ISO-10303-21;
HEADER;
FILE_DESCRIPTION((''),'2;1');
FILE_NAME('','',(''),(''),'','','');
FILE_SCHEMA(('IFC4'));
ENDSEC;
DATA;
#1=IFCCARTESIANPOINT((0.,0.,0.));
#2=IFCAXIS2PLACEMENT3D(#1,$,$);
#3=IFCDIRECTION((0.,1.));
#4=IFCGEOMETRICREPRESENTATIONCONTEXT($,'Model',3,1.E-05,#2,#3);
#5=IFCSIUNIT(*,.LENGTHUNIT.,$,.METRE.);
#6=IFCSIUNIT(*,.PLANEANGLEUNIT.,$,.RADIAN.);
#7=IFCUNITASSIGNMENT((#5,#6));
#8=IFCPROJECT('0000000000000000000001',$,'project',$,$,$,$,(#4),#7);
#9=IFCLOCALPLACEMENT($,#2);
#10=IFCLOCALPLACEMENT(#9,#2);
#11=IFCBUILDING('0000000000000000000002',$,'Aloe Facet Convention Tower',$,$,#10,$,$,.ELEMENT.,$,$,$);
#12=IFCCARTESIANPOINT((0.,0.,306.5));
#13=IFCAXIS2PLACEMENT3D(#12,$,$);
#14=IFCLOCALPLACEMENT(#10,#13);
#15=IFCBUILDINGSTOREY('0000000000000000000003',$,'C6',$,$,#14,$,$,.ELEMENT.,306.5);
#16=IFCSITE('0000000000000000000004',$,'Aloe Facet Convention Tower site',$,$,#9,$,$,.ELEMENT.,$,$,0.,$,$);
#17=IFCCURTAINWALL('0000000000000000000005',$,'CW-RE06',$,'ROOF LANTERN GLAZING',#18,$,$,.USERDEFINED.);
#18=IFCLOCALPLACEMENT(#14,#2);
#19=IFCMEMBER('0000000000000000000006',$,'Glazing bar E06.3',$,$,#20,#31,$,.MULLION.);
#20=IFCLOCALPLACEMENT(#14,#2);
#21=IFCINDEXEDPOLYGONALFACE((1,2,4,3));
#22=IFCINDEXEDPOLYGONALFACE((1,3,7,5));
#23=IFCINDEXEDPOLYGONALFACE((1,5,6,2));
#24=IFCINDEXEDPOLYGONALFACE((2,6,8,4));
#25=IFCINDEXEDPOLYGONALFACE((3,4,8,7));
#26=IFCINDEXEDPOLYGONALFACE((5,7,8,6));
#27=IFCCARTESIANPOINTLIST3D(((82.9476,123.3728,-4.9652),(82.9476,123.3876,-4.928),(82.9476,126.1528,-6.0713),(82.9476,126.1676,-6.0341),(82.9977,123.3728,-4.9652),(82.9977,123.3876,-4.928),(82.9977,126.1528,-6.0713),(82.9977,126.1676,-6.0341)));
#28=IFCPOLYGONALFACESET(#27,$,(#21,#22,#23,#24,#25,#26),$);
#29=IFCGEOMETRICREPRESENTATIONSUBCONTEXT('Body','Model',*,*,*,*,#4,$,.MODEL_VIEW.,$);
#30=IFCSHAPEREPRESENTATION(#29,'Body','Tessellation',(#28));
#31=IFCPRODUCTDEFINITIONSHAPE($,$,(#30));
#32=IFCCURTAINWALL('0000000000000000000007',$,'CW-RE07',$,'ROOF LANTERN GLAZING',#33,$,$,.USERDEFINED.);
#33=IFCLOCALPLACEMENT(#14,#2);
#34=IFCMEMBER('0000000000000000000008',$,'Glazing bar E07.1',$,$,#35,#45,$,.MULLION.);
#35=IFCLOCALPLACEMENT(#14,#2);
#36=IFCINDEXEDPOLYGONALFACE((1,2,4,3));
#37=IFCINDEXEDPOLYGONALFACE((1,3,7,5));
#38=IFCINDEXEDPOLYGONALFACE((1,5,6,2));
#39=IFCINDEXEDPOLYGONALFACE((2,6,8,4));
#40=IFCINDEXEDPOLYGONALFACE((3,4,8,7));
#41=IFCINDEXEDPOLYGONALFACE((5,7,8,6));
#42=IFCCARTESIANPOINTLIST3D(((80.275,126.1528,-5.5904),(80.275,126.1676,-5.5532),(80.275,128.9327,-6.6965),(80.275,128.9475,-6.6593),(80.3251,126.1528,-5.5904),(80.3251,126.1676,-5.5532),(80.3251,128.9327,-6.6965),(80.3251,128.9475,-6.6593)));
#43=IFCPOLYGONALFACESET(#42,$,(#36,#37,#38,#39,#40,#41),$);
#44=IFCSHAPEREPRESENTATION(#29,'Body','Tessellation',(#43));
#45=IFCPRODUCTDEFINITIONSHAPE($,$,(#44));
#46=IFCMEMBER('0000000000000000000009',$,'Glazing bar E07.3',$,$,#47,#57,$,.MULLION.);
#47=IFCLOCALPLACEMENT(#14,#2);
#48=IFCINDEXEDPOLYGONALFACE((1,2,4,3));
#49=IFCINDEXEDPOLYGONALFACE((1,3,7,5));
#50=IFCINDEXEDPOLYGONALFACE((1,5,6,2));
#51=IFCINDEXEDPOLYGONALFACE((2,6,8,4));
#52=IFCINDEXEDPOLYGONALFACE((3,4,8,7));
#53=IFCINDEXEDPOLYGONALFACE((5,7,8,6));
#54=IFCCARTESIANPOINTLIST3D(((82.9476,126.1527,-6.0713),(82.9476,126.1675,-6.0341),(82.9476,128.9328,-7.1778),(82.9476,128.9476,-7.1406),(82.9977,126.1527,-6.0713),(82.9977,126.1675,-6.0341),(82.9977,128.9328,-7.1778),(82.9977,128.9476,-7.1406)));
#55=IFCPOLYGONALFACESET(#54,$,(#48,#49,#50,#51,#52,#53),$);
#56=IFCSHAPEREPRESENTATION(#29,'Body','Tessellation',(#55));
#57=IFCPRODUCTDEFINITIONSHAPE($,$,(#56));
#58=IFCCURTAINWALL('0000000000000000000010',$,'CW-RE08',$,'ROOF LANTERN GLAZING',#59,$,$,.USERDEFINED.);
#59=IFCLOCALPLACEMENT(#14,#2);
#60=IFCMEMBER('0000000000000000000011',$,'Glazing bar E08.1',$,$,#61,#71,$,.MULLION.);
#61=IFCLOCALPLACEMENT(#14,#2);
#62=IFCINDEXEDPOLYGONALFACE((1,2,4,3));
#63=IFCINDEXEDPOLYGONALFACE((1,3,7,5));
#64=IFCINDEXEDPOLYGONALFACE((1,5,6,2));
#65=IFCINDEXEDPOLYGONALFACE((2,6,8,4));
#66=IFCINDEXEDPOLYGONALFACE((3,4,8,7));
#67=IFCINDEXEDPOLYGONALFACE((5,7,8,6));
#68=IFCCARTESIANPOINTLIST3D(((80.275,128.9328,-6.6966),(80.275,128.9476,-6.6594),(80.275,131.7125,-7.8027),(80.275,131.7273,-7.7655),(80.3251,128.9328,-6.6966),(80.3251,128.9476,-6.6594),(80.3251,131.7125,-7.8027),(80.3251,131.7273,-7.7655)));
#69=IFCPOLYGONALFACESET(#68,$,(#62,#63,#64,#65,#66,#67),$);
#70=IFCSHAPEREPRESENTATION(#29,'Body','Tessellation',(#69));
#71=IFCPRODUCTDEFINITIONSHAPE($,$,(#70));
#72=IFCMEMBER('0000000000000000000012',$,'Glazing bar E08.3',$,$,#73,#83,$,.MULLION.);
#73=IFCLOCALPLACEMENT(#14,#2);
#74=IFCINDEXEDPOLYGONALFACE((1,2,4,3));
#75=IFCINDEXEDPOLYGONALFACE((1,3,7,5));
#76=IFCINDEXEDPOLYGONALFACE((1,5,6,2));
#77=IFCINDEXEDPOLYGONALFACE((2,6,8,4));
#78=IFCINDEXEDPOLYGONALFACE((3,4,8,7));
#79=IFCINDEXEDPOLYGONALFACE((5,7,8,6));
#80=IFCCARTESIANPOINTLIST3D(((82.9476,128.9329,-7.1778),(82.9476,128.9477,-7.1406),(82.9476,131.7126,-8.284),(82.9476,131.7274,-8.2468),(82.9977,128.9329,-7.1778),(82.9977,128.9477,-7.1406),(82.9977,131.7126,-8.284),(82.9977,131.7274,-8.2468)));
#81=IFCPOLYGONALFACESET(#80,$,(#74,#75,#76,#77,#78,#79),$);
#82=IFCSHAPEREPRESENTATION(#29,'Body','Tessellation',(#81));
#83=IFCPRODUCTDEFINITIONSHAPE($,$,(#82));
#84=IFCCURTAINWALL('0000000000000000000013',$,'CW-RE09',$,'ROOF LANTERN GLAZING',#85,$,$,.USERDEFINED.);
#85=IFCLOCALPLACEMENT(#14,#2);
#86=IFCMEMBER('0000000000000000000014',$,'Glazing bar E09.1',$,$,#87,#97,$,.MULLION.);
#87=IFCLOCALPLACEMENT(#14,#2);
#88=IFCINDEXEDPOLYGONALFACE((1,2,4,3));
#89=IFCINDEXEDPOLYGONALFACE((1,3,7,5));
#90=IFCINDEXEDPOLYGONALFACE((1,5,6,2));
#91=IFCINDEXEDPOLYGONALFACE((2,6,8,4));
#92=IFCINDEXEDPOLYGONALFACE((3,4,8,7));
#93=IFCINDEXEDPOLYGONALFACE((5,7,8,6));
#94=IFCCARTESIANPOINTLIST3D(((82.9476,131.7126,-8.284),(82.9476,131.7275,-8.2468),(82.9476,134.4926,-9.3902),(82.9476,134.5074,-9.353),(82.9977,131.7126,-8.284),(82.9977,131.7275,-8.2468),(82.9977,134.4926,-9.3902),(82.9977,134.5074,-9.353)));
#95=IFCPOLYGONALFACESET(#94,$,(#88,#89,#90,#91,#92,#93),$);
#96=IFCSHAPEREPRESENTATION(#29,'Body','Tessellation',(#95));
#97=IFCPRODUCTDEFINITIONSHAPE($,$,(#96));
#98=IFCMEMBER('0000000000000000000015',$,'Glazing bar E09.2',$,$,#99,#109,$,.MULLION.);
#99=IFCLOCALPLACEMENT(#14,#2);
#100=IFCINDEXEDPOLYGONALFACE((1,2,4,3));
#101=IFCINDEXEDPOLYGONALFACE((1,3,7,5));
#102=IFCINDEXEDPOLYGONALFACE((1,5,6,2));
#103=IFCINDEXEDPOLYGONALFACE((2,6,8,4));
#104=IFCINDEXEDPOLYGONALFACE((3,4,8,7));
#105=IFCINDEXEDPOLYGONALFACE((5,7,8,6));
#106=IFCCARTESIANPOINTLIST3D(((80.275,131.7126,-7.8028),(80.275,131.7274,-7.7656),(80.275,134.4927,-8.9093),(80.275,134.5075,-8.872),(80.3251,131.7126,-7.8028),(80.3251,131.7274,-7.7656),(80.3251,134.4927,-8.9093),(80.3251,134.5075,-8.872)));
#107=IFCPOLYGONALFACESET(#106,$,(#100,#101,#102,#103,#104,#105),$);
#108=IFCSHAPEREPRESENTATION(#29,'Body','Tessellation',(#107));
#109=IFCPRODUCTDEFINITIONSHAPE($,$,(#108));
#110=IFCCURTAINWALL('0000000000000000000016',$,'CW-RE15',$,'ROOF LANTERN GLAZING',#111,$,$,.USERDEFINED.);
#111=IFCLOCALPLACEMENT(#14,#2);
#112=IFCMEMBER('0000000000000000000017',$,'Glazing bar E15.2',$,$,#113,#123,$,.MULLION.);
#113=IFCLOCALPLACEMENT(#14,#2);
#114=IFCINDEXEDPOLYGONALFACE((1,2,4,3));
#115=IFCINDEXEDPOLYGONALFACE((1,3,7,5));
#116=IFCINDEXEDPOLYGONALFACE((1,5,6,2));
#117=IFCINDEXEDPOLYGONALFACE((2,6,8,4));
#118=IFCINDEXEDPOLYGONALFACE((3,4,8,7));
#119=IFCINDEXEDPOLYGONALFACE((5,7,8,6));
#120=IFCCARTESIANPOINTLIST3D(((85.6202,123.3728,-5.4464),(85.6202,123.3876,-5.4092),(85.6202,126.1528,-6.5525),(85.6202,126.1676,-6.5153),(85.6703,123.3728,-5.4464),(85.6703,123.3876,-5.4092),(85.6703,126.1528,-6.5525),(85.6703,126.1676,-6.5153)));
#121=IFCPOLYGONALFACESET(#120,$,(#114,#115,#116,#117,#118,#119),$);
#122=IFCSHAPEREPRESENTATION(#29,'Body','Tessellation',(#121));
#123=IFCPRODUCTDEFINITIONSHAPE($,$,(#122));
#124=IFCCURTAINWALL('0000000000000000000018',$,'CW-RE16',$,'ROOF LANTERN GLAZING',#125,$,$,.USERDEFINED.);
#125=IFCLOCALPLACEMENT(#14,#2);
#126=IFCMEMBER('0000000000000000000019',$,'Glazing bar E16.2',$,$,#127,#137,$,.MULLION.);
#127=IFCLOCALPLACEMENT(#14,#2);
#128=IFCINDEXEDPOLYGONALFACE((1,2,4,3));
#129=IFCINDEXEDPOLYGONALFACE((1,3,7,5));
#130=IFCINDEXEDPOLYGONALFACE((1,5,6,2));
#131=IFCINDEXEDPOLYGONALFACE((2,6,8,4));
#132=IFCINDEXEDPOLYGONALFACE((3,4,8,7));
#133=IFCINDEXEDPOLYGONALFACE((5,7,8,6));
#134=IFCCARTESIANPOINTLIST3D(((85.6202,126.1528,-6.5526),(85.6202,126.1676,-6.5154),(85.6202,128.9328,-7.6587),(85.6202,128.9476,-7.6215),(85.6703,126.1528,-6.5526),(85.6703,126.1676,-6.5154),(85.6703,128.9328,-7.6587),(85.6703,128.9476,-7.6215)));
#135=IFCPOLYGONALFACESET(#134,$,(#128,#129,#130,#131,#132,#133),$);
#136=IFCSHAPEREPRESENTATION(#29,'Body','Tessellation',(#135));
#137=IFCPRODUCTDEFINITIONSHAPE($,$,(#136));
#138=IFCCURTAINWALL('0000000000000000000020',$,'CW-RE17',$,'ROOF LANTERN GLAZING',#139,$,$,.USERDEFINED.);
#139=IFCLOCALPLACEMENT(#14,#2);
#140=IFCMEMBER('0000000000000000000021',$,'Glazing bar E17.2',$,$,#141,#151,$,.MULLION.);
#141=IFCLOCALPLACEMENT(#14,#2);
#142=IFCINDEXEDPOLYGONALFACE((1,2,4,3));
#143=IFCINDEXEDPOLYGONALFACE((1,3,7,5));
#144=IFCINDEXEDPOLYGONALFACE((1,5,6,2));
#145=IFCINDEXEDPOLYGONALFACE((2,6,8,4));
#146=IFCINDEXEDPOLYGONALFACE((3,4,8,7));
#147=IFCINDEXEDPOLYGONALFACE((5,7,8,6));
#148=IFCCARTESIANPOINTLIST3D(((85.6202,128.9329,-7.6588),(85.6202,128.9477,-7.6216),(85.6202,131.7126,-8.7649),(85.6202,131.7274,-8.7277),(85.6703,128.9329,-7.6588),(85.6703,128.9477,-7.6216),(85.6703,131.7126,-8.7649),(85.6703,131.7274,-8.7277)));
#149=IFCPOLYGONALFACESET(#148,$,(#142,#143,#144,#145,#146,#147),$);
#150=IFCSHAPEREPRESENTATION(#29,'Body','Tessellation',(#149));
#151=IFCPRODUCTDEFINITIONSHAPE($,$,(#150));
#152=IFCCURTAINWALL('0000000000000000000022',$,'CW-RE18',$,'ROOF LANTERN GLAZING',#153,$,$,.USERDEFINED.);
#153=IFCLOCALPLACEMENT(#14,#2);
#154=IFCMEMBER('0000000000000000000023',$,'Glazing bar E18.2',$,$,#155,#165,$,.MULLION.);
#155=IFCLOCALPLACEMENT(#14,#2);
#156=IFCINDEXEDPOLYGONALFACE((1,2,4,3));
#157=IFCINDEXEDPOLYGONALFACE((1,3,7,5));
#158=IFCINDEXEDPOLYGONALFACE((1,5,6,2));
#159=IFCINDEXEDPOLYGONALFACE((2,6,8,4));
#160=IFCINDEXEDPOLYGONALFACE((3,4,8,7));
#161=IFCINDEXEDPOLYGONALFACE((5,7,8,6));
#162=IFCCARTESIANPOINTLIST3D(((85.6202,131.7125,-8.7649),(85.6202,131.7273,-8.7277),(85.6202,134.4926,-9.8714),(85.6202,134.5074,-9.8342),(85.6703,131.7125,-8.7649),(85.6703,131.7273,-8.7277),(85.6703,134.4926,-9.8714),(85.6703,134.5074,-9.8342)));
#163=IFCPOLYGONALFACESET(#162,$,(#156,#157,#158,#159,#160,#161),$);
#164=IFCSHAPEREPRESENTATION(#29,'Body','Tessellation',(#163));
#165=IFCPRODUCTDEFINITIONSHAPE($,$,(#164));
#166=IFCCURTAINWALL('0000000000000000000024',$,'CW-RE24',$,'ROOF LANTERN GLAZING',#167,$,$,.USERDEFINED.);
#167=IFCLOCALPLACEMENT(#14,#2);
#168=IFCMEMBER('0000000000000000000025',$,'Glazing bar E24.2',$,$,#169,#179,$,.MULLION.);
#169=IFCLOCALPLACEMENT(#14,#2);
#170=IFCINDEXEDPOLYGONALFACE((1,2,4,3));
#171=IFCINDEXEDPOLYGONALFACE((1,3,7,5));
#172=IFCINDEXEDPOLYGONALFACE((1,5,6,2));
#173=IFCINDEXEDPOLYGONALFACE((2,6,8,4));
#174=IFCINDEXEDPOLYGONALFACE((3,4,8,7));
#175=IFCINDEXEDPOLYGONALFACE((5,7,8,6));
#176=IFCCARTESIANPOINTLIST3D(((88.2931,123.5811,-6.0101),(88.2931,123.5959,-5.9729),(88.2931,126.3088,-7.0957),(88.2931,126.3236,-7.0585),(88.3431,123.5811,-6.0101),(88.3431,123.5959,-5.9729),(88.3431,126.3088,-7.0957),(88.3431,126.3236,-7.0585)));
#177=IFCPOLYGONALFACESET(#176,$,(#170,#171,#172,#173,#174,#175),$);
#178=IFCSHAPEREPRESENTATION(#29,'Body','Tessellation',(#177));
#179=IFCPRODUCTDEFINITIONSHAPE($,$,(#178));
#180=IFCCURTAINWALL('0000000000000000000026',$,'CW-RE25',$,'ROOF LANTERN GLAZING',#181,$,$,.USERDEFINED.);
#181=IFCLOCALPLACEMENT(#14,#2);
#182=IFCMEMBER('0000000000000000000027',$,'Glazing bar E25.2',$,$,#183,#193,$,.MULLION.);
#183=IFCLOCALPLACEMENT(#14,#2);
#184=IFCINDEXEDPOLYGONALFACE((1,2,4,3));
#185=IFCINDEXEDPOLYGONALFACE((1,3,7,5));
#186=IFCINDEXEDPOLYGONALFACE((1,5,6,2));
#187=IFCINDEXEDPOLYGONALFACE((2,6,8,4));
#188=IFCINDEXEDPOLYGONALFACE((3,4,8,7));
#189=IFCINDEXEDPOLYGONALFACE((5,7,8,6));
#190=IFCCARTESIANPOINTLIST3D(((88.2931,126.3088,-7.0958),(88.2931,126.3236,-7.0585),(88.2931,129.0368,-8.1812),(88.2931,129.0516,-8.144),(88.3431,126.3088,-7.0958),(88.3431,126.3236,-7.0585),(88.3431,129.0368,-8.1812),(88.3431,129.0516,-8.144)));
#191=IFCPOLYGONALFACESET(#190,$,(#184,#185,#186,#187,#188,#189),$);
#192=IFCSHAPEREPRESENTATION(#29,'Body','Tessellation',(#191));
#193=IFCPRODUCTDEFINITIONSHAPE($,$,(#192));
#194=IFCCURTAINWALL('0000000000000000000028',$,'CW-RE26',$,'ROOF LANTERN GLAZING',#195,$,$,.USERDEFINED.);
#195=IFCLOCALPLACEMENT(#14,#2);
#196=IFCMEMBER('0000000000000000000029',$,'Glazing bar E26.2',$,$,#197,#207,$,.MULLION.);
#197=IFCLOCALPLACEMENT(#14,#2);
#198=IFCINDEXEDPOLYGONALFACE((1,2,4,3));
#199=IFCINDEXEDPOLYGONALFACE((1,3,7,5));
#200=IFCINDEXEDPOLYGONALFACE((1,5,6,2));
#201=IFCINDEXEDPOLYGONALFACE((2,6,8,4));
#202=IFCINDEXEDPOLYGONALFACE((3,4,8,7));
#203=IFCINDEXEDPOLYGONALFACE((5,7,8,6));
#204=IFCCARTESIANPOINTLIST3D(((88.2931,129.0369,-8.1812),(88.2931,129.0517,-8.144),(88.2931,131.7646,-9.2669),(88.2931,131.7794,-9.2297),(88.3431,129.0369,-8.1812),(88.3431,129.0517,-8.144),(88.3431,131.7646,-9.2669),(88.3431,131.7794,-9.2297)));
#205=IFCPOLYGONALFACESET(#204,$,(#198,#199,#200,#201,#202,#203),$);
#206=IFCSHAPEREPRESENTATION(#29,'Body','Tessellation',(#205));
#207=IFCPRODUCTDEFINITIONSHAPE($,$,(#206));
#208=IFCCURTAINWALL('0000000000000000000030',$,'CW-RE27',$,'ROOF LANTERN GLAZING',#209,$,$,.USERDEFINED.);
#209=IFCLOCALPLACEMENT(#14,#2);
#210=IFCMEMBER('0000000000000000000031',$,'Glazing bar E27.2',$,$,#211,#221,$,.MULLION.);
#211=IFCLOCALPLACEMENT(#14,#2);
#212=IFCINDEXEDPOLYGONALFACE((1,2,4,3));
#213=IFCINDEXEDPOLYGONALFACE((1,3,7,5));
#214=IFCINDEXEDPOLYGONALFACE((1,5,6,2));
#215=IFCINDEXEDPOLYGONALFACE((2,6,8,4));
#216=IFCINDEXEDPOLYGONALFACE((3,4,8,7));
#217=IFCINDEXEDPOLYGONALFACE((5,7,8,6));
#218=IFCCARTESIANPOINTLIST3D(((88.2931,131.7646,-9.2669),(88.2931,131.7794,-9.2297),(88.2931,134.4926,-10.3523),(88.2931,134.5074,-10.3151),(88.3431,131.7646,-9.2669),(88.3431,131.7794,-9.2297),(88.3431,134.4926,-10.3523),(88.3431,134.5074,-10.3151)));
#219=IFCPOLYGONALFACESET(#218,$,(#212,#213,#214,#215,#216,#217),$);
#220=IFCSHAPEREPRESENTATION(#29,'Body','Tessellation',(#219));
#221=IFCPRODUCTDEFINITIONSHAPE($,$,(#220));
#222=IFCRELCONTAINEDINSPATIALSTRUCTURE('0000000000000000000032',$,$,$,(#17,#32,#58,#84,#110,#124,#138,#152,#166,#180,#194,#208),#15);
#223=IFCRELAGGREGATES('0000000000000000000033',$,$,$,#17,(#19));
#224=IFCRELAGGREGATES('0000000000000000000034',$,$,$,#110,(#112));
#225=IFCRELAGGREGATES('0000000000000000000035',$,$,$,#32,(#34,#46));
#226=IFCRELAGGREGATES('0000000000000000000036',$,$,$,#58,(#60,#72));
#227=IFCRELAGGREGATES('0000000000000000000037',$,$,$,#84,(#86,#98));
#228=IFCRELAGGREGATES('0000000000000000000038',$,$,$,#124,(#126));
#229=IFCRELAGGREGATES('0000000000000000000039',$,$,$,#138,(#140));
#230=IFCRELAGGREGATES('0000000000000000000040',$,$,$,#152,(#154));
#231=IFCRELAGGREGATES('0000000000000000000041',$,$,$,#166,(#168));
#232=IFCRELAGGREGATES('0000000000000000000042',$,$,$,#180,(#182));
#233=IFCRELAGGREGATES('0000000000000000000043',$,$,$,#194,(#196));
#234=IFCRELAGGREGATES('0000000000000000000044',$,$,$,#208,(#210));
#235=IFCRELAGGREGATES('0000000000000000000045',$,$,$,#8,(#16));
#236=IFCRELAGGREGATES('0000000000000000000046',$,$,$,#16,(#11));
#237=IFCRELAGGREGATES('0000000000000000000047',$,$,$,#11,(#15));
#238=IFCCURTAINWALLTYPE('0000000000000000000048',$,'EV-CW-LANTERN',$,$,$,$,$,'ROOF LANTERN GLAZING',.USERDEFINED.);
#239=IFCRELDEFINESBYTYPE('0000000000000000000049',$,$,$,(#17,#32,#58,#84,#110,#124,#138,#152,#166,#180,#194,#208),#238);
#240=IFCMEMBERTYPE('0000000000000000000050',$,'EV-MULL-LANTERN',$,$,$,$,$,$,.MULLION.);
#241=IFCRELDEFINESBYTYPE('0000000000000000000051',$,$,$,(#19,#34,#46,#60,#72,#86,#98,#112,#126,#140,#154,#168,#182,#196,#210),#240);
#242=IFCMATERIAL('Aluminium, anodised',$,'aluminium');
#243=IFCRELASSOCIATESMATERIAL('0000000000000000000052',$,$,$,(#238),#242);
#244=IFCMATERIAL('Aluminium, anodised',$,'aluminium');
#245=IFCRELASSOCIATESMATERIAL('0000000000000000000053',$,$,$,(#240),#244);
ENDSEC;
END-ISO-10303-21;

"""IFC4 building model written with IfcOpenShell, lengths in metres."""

from ifc_helpers import new_model, si_unit, direction, frame, origin, origin_2d, place, context, subcontext, project, spatial, rectangle, extrude, material, material_profile, profile_set, type_object, element, aggregate, save


model = new_model("IFC4")

# Units and contexts
model_context = context("Model", 3, precision=1e-05, world=origin(), true_north=direction((0.0, 1.0)))
body_context = subcontext(model_context, "Body", "Model", "MODEL_VIEW")
ifc_project = project(units=[si_unit("LENGTHUNIT", "METRE"), si_unit("PLANEANGLEUNIT", "RADIAN")], contexts=[model_context])

# Site, building, storey
site_placement = place(None, origin())
site = spatial("IfcSite", under=ifc_project, at=site_placement, Name="Aloe Facet Convention Tower site", CompositionType="ELEMENT", RefElevation=0.0)
building_placement = place(site_placement, origin())
building = spatial("IfcBuilding", under=site, at=building_placement, Name="Aloe Facet Convention Tower", CompositionType="ELEMENT")
storey_placement = place(building_placement, frame((0.0, 0.0, 306.5)))
storey = spatial("IfcBuildingStorey", under=building, at=storey_placement, Name="C6", CompositionType="ELEMENT", Elevation=306.5)

# Curtain wall, member
ifc_material_1 = material(Name="Aluminium, anodised", Category="aluminium")
curtain_wall_type = type_object("IfcCurtainWallType", Name="EV-CW-LANTERN", ElementType="ROOF LANTERN GLAZING", PredefinedType="USERDEFINED", material=ifc_material_1)
curtain_wall_1_placement = place(storey_placement, origin())
curtain_wall_1 = element("IfcCurtainWall", 1, at=curtain_wall_1_placement, inside=storey, type_object=curtain_wall_type, Name="CW-RE06", ObjectType="ROOF LANTERN GLAZING", PredefinedType="USERDEFINED")
ifc_material_2 = material(Name="Aluminium, anodised", Category="aluminium")
ifc_material_profile_1 = material_profile(ifc_material_2, rectangle(XDim=0.05, YDim=0.04, at=origin_2d()), Name="AL 50x40")
ifc_profile_set_1 = profile_set([ifc_material_profile_1], Name="Aluminium, anodised")
member_type_1 = type_object("IfcMemberType", Name="EV-MULL-LANTERN", PredefinedType="MULLION", material=ifc_profile_set_1)
member_1_placement = place(storey_placement, frame((82.9727, 126.1602, -6.0527), z_axis=(0.0, -0.929145, 0.369716), x_axis=(1.0, 0.0, 0.0)))
member_1 = element("IfcMember", 2, at=member_1_placement, type_object=member_type_1, Name="Glazing bar E06.3", PredefinedType="MULLION", context=body_context, shape_type="SweptSolid", body=[
    extrude(rectangle(XDim=0.05, YDim=0.04, at=origin_2d()), origin(), (0.0, 0.0, 1.0), 2.9919),
])
aggregate(curtain_wall_1, [member_1])

# Curtain walls, members
curtain_wall_2_placement = place(storey_placement, origin())
curtain_wall_2 = element("IfcCurtainWall", 3, at=curtain_wall_2_placement, inside=storey, type_object=curtain_wall_type, Name="CW-RE07", ObjectType="ROOF LANTERN GLAZING", PredefinedType="USERDEFINED")
member_2_placement = place(storey_placement, frame((80.3, 126.1602, -5.5718), z_axis=(0.0, 0.929145, -0.369716), x_axis=(-1.0, 0.0, 0.0)))
member_2 = element("IfcMember", 4, at=member_2_placement, type_object=member_type_1, Name="Glazing bar E07.1", PredefinedType="MULLION", context=body_context, shape_type="SweptSolid", body=[
    extrude(rectangle(XDim=0.05, YDim=0.04, at=origin_2d()), origin(), (0.0, 0.0, 1.0), 2.9919),
])
member_3_placement = place(storey_placement, frame((82.9727, 128.9402, -7.1592), z_axis=(0.0, -0.929117, 0.369786), x_axis=(1.0, 0.0, 0.0)))
member_3 = element("IfcMember", 5, at=member_3_placement, type_object=member_type_1, Name="Glazing bar E07.3", PredefinedType="MULLION", context=body_context, shape_type="SweptSolid", body=[
    extrude(rectangle(XDim=0.05, YDim=0.04, at=origin_2d()), origin(), (0.0, 0.0, 1.0), 2.9922),
])
curtain_wall_3_placement = place(storey_placement, origin())
curtain_wall_3 = element("IfcCurtainWall", 6, at=curtain_wall_3_placement, inside=storey, type_object=curtain_wall_type, Name="CW-RE08", ObjectType="ROOF LANTERN GLAZING", PredefinedType="USERDEFINED")
member_4_placement = place(storey_placement, frame((80.3, 128.9402, -6.678), z_axis=(0.0, 0.929134, -0.369744), x_axis=(-1.0, 0.0, 0.0)))
member_4 = element("IfcMember", 7, at=member_4_placement, type_object=member_type_1, Name="Glazing bar E08.1", PredefinedType="MULLION", context=body_context, shape_type="SweptSolid", body=[
    extrude(rectangle(XDim=0.05, YDim=0.04, at=origin_2d()), origin(), (0.0, 0.0, 1.0), 2.9917),
])
member_5_placement = place(storey_placement, frame((82.9727, 131.72, -8.2654), z_axis=(0.0, -0.929134, 0.369744), x_axis=(1.0, 0.0, 0.0)))
member_5 = element("IfcMember", 8, at=member_5_placement, type_object=member_type_1, Name="Glazing bar E08.3", PredefinedType="MULLION", context=body_context, shape_type="SweptSolid", body=[
    extrude(rectangle(XDim=0.05, YDim=0.04, at=origin_2d()), origin(), (0.0, 0.0, 1.0), 2.9917),
])
curtain_wall_4_placement = place(storey_placement, origin())
curtain_wall_4 = element("IfcCurtainWall", 9, at=curtain_wall_4_placement, inside=storey, type_object=curtain_wall_type, Name="CW-RE09", ObjectType="ROOF LANTERN GLAZING", PredefinedType="USERDEFINED")
member_6_placement = place(storey_placement, frame((82.9727, 134.5, -9.3716), z_axis=(0.0, -0.929145, 0.369716), x_axis=(1.0, 0.0, 0.0)))
member_6 = element("IfcMember", 10, at=member_6_placement, type_object=member_type_1, Name="Glazing bar E09.1", PredefinedType="MULLION", context=body_context, shape_type="SweptSolid", body=[
    extrude(rectangle(XDim=0.05, YDim=0.04, at=origin_2d()), origin(), (0.0, 0.0, 1.0), 2.9919),
])
member_7_placement = place(storey_placement, frame((80.3, 131.72, -7.7842), z_axis=(0.0, 0.929117, -0.369786), x_axis=(-1.0, 0.0, 0.0)))
member_7 = element("IfcMember", 11, at=member_7_placement, type_object=member_type_1, Name="Glazing bar E09.2", PredefinedType="MULLION", context=body_context, shape_type="SweptSolid", body=[
    extrude(rectangle(XDim=0.05, YDim=0.04, at=origin_2d()), origin(), (0.0, 0.0, 1.0), 2.9922),
])

# Curtain walls, members
curtain_wall_5_placement = place(storey_placement, origin())
curtain_wall_5 = element("IfcCurtainWall", 12, at=curtain_wall_5_placement, inside=storey, type_object=curtain_wall_type, Name="CW-RE15", ObjectType="ROOF LANTERN GLAZING", PredefinedType="USERDEFINED")
member_8_placement = place(storey_placement, frame((85.6453, 126.1602, -6.5339), z_axis=(0.0, -0.929145, 0.369716), x_axis=(1.0, 0.0, 0.0)))
member_8 = element("IfcMember", 13, at=member_8_placement, type_object=member_type_1, Name="Glazing bar E15.2", PredefinedType="MULLION", context=body_context, shape_type="SweptSolid", body=[
    extrude(rectangle(XDim=0.05, YDim=0.04, at=origin_2d()), origin(), (0.0, 0.0, 1.0), 2.9919),
])
curtain_wall_6_placement = place(storey_placement, origin())
curtain_wall_6 = element("IfcCurtainWall", 14, at=curtain_wall_6_placement, inside=storey, type_object=curtain_wall_type, Name="CW-RE16", ObjectType="ROOF LANTERN GLAZING", PredefinedType="USERDEFINED")
member_9_placement = place(storey_placement, frame((85.6453, 128.9402, -7.6401), z_axis=(0.0, -0.929145, 0.369716), x_axis=(1.0, 0.0, 0.0)))
member_9 = element("IfcMember", 15, at=member_9_placement, type_object=member_type_1, Name="Glazing bar E16.2", PredefinedType="MULLION", context=body_context, shape_type="SweptSolid", body=[
    extrude(rectangle(XDim=0.05, YDim=0.04, at=origin_2d()), origin(), (0.0, 0.0, 1.0), 2.9919),
])
curtain_wall_7_placement = place(storey_placement, origin())
curtain_wall_7 = element("IfcCurtainWall", 16, at=curtain_wall_7_placement, inside=storey, type_object=curtain_wall_type, Name="CW-RE17", ObjectType="ROOF LANTERN GLAZING", PredefinedType="USERDEFINED")
member_10_placement = place(storey_placement, frame((85.6453, 131.72, -8.7463), z_axis=(0.0, -0.929134, 0.369744), x_axis=(1.0, 0.0, 0.0)))
member_10 = element("IfcMember", 17, at=member_10_placement, type_object=member_type_1, Name="Glazing bar E17.2", PredefinedType="MULLION", context=body_context, shape_type="SweptSolid", body=[
    extrude(rectangle(XDim=0.05, YDim=0.04, at=origin_2d()), origin(), (0.0, 0.0, 1.0), 2.9917),
])
curtain_wall_8_placement = place(storey_placement, origin())
curtain_wall_8 = element("IfcCurtainWall", 18, at=curtain_wall_8_placement, inside=storey, type_object=curtain_wall_type, Name="CW-RE18", ObjectType="ROOF LANTERN GLAZING", PredefinedType="USERDEFINED")
member_11_placement = place(storey_placement, frame((85.6453, 134.5, -9.8528), z_axis=(0.0, -0.929117, 0.369786), x_axis=(1.0, 0.0, 0.0)))
member_11 = element("IfcMember", 19, at=member_11_placement, type_object=member_type_1, Name="Glazing bar E18.2", PredefinedType="MULLION", context=body_context, shape_type="SweptSolid", body=[
    extrude(rectangle(XDim=0.05, YDim=0.04, at=origin_2d()), origin(), (0.0, 0.0, 1.0), 2.9922),
])
curtain_wall_9_placement = place(storey_placement, origin())
curtain_wall_9 = element("IfcCurtainWall", 20, at=curtain_wall_9_placement, inside=storey, type_object=curtain_wall_type, Name="CW-RE24", ObjectType="ROOF LANTERN GLAZING", PredefinedType="USERDEFINED")
member_12_placement = place(storey_placement, frame((88.3181, 126.3162, -7.0771), z_axis=(0.0, -0.929112, 0.369799), x_axis=(1.0, 0.0, 0.0)))
member_12 = element("IfcMember", 21, at=member_12_placement, type_object=member_type_1, Name="Glazing bar E24.2", PredefinedType="MULLION", context=body_context, shape_type="SweptSolid", body=[
    extrude(rectangle(XDim=0.05, YDim=0.04, at=origin_2d()), origin(), (0.0, 0.0, 1.0), 2.9358),
])
curtain_wall_10_placement = place(storey_placement, origin())
curtain_wall_10 = element("IfcCurtainWall", 22, at=curtain_wall_10_placement, inside=storey, type_object=curtain_wall_type, Name="CW-RE25", ObjectType="ROOF LANTERN GLAZING", PredefinedType="USERDEFINED")
member_13_placement = place(storey_placement, frame((88.3181, 129.0442, -8.1626), z_axis=(0.0, -0.929152, 0.369698), x_axis=(1.0, 0.0, 0.0)))
member_13 = element("IfcMember", 23, at=member_13_placement, type_object=member_type_1, Name="Glazing bar E25.2", PredefinedType="MULLION", context=body_context, shape_type="SweptSolid", body=[
    extrude(rectangle(XDim=0.05, YDim=0.04, at=origin_2d()), origin(), (0.0, 0.0, 1.0), 2.936),
])
curtain_wall_11_placement = place(storey_placement, origin())
curtain_wall_11 = element("IfcCurtainWall", 24, at=curtain_wall_11_placement, inside=storey, type_object=curtain_wall_type, Name="CW-RE26", ObjectType="ROOF LANTERN GLAZING", PredefinedType="USERDEFINED")
member_14_placement = place(storey_placement, frame((88.3181, 131.772, -9.2483), z_axis=(0.0, -0.929112, 0.369799), x_axis=(1.0, 0.0, 0.0)))
member_14 = element("IfcMember", 25, at=member_14_placement, type_object=member_type_1, Name="Glazing bar E26.2", PredefinedType="MULLION", context=body_context, shape_type="SweptSolid", body=[
    extrude(rectangle(XDim=0.05, YDim=0.04, at=origin_2d()), origin(), (0.0, 0.0, 1.0), 2.9358),
])
curtain_wall_12_placement = place(storey_placement, origin())
curtain_wall_12 = element("IfcCurtainWall", 26, at=curtain_wall_12_placement, inside=storey, type_object=curtain_wall_type, Name="CW-RE27", ObjectType="ROOF LANTERN GLAZING", PredefinedType="USERDEFINED")
member_15_placement = place(storey_placement, frame((88.3181, 134.5, -10.3337), z_axis=(0.0, -0.929152, 0.369698), x_axis=(1.0, 0.0, 0.0)))
member_15 = element("IfcMember", 27, at=member_15_placement, type_object=member_type_1, Name="Glazing bar E27.2", PredefinedType="MULLION", context=body_context, shape_type="SweptSolid", body=[
    extrude(rectangle(XDim=0.05, YDim=0.04, at=origin_2d()), origin(), (0.0, 0.0, 1.0), 2.936),
])

aggregate(curtain_wall_5, [member_8])

aggregate(curtain_wall_2, [member_2, member_3])
aggregate(curtain_wall_3, [member_4, member_5])
aggregate(curtain_wall_4, [member_6, member_7])
aggregate(curtain_wall_6, [member_9])
aggregate(curtain_wall_7, [member_10])
aggregate(curtain_wall_8, [member_11])
aggregate(curtain_wall_9, [member_12])
aggregate(curtain_wall_10, [member_13])
aggregate(curtain_wall_11, [member_14])
aggregate(curtain_wall_12, [member_15])

save(model, "model.ifc")
